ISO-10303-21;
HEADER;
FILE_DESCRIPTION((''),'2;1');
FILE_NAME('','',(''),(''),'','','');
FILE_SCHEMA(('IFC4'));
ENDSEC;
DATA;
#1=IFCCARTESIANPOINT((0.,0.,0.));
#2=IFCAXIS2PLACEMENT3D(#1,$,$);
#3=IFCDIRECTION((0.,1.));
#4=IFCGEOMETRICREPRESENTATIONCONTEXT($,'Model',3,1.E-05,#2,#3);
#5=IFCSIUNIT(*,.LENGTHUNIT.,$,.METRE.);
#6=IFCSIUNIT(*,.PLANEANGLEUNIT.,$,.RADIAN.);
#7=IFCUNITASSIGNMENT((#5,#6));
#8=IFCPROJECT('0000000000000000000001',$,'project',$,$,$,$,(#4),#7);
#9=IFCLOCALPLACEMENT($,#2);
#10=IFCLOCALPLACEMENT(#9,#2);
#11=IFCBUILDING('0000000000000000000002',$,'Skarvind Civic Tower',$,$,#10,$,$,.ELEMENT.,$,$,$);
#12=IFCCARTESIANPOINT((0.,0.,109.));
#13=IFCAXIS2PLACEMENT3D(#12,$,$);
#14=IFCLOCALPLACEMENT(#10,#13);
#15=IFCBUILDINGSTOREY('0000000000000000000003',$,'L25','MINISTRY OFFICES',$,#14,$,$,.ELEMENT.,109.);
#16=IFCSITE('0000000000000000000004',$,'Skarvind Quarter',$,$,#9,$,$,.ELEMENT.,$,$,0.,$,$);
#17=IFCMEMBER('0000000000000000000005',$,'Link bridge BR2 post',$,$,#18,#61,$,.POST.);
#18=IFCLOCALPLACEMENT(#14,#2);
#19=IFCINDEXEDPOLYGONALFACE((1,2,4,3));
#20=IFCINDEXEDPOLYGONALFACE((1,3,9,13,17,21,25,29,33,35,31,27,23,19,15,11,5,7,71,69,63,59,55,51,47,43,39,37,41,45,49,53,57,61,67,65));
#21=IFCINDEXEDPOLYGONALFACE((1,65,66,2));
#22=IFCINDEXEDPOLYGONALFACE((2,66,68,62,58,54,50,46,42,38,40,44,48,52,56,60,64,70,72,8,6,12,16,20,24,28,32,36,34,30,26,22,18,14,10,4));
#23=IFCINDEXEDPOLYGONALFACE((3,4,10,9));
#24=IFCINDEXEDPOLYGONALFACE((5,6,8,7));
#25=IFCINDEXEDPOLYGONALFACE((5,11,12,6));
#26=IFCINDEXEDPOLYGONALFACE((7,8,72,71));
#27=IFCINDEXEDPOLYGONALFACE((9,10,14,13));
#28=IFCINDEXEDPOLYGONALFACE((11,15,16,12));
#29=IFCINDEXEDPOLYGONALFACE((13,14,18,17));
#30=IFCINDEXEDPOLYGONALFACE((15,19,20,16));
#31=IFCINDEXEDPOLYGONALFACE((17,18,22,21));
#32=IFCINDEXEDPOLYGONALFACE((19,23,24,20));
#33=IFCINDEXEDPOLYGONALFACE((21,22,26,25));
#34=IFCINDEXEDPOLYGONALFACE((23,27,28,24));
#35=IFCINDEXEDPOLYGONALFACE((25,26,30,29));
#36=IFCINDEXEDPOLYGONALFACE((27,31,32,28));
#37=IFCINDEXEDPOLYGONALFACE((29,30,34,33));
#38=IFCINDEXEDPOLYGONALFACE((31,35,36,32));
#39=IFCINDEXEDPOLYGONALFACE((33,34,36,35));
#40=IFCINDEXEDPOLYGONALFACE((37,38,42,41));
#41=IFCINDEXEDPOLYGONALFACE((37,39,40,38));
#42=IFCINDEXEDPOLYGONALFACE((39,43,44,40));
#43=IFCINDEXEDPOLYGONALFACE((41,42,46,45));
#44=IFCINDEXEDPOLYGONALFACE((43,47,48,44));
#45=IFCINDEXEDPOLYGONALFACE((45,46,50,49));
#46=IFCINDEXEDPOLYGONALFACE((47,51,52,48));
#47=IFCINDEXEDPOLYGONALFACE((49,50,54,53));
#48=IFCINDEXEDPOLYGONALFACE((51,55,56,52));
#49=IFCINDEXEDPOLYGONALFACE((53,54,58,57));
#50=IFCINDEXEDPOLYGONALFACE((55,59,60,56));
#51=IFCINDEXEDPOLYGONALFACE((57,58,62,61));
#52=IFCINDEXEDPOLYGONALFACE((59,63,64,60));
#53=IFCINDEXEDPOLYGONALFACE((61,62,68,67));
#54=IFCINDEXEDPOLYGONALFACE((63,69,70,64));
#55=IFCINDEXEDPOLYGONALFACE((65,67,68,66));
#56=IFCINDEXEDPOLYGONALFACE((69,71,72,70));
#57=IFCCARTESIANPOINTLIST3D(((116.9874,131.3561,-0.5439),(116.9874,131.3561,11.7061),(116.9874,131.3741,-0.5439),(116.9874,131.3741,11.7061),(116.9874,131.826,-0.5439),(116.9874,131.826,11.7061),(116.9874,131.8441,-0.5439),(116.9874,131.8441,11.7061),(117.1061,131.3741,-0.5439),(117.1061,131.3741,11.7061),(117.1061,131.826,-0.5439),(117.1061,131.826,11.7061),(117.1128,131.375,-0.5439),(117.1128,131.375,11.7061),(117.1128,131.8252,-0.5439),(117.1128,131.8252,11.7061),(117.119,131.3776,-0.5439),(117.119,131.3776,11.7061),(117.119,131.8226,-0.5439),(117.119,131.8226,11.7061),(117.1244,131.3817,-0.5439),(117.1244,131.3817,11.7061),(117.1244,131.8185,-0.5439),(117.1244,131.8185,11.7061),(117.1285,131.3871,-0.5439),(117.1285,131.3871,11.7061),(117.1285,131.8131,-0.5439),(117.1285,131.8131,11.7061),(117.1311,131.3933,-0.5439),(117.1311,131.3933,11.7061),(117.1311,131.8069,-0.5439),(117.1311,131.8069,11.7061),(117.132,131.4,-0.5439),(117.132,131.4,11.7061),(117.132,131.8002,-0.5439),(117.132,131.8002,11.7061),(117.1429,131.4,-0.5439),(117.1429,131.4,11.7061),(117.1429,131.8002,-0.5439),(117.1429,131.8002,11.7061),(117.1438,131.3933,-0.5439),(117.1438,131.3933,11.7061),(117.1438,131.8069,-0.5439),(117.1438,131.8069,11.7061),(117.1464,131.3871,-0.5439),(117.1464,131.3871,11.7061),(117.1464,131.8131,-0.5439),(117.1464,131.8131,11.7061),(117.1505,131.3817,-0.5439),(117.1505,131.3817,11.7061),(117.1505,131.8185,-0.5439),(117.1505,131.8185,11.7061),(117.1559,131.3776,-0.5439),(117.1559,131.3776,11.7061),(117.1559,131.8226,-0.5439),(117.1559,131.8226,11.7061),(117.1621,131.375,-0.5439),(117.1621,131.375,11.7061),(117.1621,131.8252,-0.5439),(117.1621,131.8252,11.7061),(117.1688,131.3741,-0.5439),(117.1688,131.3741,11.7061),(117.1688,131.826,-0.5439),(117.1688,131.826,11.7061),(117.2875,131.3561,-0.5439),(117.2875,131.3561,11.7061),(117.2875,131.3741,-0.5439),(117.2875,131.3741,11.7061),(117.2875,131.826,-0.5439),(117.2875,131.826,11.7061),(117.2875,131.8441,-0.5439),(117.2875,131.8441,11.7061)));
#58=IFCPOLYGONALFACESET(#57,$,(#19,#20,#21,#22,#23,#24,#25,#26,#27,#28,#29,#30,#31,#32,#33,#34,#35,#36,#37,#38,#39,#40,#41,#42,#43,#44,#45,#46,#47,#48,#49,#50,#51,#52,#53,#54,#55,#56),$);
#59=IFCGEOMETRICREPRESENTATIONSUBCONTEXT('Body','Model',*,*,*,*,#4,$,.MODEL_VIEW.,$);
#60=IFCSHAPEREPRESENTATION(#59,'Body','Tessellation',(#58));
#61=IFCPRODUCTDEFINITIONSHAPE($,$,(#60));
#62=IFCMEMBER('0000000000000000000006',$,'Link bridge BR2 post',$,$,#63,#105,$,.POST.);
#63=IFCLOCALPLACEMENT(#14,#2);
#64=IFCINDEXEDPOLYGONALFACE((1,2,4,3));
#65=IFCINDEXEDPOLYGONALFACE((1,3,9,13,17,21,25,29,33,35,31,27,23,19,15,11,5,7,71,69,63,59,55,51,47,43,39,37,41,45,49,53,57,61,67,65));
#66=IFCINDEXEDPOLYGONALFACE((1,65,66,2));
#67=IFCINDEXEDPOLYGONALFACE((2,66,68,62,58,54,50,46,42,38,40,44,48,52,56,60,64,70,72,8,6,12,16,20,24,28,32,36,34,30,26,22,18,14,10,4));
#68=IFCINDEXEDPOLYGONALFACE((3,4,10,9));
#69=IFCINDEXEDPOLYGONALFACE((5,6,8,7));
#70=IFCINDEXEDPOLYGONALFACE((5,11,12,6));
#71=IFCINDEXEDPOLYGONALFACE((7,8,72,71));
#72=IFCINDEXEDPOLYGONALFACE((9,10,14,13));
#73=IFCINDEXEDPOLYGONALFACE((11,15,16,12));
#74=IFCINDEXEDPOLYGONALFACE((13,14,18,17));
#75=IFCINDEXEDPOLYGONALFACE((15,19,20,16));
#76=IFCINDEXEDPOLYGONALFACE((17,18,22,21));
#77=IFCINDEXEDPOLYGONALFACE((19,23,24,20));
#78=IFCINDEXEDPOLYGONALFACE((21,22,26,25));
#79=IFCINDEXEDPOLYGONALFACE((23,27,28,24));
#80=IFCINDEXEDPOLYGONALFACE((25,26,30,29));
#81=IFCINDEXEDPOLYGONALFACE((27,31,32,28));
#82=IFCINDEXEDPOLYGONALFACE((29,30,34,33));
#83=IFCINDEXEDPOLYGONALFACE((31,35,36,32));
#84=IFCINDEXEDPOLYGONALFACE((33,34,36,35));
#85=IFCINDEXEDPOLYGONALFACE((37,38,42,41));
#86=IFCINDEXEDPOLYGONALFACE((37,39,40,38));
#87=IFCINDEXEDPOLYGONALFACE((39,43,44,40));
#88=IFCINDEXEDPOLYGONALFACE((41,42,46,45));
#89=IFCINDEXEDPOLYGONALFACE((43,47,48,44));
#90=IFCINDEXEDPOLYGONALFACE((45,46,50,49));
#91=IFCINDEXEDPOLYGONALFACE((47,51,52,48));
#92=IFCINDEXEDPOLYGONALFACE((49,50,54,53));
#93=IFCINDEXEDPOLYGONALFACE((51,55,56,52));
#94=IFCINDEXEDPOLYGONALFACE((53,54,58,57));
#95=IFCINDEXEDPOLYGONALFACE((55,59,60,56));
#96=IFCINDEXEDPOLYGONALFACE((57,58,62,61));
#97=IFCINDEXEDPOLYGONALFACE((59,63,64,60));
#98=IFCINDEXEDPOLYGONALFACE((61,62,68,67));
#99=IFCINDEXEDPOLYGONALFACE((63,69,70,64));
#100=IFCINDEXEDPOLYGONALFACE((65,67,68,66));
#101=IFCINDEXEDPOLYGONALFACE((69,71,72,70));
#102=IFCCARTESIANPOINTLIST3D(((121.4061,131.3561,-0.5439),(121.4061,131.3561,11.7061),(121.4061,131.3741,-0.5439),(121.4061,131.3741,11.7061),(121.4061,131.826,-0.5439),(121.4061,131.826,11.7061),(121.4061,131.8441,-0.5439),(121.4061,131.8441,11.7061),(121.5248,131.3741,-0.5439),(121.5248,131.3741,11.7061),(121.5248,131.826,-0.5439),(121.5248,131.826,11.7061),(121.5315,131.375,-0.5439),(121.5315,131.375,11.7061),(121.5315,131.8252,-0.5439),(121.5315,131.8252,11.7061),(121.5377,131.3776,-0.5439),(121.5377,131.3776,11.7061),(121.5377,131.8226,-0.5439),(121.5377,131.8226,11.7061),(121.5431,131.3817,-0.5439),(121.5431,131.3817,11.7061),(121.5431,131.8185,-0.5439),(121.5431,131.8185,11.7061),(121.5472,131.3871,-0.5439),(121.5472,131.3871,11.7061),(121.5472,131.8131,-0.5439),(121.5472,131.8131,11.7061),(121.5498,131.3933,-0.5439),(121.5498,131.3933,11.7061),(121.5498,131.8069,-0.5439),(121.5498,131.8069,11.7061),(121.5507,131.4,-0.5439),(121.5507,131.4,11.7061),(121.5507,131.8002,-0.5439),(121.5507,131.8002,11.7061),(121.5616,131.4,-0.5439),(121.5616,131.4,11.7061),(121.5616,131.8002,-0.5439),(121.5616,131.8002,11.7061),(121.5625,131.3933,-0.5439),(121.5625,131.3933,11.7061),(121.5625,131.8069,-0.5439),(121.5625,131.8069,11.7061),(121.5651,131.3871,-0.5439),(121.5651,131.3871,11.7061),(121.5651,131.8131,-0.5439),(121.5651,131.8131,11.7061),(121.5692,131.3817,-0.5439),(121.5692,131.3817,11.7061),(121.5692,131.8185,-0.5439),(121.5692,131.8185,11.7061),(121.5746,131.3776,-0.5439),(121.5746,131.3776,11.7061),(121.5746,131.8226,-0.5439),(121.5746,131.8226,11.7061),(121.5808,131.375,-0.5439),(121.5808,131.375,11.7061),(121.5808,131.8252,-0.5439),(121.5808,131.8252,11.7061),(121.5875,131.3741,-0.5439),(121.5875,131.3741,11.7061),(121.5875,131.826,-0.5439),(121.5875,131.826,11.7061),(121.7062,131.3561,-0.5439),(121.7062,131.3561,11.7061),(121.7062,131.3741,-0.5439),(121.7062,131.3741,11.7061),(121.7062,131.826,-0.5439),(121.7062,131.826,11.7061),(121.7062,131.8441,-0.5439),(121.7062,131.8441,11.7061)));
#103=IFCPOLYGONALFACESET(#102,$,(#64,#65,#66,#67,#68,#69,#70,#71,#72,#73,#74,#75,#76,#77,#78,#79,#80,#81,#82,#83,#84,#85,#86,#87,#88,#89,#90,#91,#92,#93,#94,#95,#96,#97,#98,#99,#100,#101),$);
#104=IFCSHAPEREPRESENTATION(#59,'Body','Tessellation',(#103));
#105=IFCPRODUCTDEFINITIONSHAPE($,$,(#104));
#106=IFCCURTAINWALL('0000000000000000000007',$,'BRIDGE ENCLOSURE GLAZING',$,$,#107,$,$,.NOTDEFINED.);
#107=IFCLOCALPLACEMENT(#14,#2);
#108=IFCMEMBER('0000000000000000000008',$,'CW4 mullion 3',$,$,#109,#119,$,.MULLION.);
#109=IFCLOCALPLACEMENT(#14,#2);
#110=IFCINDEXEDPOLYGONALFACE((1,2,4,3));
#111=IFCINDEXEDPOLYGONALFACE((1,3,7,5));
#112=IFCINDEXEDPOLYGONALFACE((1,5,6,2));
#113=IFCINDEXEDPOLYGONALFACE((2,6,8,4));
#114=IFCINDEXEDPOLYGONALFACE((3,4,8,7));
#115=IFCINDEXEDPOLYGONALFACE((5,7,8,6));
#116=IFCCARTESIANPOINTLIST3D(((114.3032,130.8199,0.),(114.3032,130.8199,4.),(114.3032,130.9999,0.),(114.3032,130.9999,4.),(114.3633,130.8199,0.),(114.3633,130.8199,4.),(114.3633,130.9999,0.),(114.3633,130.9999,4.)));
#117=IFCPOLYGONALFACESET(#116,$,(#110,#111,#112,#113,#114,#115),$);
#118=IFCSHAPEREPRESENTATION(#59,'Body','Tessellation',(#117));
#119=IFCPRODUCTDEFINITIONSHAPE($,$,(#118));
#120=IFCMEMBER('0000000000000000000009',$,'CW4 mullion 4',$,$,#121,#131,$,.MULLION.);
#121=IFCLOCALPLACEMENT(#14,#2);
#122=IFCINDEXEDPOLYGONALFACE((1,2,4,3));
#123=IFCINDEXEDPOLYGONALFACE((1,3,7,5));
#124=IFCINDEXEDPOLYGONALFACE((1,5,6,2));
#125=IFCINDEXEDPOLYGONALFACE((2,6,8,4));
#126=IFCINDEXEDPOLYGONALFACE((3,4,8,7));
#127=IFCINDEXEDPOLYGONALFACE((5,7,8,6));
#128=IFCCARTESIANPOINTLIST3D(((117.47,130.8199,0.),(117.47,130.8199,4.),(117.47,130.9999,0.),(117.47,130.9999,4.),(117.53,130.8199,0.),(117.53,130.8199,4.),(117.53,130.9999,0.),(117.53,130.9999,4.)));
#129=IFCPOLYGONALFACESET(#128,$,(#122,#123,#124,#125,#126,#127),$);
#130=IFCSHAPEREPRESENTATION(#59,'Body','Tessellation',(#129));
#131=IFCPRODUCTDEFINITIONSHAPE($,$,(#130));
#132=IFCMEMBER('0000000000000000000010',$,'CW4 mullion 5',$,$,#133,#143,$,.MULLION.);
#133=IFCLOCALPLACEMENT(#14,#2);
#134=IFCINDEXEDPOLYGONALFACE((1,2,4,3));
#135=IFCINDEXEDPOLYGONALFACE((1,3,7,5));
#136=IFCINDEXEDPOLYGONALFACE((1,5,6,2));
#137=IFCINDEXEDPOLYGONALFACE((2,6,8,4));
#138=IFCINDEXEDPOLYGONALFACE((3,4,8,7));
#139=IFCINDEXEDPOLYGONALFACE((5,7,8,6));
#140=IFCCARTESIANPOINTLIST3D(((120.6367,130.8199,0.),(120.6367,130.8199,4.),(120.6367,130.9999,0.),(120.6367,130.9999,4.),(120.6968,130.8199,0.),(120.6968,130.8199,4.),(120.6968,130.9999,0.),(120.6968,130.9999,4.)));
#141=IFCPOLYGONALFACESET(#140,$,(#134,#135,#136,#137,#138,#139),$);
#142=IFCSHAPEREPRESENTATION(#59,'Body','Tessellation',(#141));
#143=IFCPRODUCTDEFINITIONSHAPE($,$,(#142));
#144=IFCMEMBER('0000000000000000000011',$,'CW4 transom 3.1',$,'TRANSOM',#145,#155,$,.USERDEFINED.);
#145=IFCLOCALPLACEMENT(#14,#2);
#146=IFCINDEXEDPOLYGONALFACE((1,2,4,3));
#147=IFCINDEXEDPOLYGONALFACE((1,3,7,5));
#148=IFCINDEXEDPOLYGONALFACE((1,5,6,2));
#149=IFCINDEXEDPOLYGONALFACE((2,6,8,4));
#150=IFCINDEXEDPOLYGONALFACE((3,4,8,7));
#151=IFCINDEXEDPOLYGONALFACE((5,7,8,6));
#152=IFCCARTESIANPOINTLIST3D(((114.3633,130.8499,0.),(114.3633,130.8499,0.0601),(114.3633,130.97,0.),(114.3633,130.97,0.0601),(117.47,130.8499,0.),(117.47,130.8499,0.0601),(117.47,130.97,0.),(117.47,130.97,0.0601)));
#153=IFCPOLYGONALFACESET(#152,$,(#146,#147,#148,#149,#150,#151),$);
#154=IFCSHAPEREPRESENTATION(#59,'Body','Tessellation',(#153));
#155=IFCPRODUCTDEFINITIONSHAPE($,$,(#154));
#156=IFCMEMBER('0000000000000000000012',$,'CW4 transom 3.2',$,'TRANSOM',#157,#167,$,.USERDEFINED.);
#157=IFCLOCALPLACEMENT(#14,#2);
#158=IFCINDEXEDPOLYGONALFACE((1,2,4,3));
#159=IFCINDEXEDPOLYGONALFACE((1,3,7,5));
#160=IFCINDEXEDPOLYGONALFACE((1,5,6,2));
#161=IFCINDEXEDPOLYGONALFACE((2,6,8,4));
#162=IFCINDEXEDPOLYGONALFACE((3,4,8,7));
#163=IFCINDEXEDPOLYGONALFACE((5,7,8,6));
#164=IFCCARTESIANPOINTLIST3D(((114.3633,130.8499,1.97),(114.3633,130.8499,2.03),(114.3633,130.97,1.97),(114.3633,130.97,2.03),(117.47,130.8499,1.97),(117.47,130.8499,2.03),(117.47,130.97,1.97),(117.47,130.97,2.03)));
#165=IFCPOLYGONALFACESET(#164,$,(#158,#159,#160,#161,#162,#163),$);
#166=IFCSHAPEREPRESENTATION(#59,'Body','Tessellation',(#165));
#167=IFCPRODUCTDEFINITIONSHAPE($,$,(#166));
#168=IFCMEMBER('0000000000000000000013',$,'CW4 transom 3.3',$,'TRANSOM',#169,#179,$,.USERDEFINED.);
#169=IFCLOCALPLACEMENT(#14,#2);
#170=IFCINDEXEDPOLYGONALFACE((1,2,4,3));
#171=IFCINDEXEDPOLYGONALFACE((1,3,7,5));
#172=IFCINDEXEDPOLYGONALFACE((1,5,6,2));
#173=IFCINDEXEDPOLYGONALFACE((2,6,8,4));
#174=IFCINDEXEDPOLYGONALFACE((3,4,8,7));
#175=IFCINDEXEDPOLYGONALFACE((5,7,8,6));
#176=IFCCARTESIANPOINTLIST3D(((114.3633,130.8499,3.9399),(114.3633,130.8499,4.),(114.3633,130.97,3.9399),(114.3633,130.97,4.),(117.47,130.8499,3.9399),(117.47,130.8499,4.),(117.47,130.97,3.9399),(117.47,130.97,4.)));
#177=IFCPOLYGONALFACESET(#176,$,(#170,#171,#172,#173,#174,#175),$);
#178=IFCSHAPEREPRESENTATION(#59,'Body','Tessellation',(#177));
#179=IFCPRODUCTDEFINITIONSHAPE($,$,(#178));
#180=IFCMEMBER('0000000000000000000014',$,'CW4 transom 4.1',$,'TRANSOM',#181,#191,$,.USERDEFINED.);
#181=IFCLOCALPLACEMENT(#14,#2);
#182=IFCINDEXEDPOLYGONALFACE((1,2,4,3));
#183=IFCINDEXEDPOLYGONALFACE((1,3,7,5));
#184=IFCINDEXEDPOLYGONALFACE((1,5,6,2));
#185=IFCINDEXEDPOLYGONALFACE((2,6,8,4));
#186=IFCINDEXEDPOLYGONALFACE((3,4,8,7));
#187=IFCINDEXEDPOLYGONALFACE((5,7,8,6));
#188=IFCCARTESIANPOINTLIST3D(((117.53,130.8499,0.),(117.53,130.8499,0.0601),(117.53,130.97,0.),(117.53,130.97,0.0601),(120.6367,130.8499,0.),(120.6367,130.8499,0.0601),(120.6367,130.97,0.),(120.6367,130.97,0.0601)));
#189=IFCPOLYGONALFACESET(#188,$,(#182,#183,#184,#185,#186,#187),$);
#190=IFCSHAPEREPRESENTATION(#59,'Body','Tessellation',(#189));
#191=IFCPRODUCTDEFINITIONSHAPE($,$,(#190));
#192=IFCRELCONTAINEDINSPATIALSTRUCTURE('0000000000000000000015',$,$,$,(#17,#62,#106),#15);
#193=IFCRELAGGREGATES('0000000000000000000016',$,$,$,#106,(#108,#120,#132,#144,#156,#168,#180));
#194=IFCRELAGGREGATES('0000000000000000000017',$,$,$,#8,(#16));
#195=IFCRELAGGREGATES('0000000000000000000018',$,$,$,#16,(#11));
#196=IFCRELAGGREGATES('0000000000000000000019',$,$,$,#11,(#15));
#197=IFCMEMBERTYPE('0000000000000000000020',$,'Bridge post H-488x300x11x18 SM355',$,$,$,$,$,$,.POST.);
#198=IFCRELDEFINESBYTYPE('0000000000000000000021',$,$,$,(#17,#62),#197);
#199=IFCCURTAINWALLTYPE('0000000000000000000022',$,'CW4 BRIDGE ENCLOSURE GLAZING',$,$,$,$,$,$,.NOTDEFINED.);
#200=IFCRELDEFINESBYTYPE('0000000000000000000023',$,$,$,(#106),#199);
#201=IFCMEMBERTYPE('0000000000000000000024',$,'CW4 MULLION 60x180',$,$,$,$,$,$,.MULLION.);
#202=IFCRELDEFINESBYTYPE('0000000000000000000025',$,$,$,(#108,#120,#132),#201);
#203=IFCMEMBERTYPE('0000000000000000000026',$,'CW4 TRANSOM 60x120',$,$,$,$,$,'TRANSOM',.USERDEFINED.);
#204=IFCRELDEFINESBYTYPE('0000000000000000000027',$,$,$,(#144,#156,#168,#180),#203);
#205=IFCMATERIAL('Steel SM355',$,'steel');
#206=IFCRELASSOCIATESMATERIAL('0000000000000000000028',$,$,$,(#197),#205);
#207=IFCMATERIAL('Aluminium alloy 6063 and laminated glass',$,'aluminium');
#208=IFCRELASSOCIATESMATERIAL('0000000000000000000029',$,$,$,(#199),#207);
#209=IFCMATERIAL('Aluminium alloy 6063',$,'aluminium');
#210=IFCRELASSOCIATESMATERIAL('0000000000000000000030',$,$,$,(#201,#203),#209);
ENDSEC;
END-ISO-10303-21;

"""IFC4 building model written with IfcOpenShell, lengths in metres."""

from ifc_helpers import new_model, si_unit, direction, frame, origin, origin_2d, place, context, subcontext, project, spatial, rectangle, i_section, extrude, material, material_profile, profile_set, type_object, element, aggregate, save


model = new_model("IFC4")

# Units and contexts
model_context = context("Model", 3, precision=1e-05, world=origin(), true_north=direction((0.0, 1.0)))
body_context = subcontext(model_context, "Body", "Model", "MODEL_VIEW")
ifc_project = project(units=[si_unit("LENGTHUNIT", "METRE"), si_unit("PLANEANGLEUNIT", "RADIAN")], contexts=[model_context])

# Site, building, storey
site_placement = place(None, origin())
site = spatial("IfcSite", under=ifc_project, at=site_placement, Name="Skarvind Quarter", CompositionType="ELEMENT", RefElevation=0.0)
building_placement = place(site_placement, origin())
building = spatial("IfcBuilding", under=site, at=building_placement, Name="Skarvind Civic Tower", CompositionType="ELEMENT")
storey_placement = place(building_placement, frame((0.0, 0.0, 109.0)))
storey = spatial("IfcBuildingStorey", under=building, at=storey_placement, Name="L25", Description="MINISTRY OFFICES", CompositionType="ELEMENT", Elevation=109.0)

# Members
ifc_material_1 = material(Name="Steel SM355", Category="steel")
ifc_material_profile_1 = material_profile(ifc_material_1, i_section(OverallWidth=0.3, OverallDepth=0.488, WebThickness=0.011, FlangeThickness=0.0181, FilletRadius=0.0259, at=origin_2d()), Name="H-488x300x11x18")
ifc_profile_set_1 = profile_set([ifc_material_profile_1], Name="Steel SM355")
member_type_1 = type_object("IfcMemberType", Name="Bridge post H-488x300x11x18 SM355", PredefinedType="POST", material=ifc_profile_set_1)
for number, where, z_axis, x_axis, name in (
    (1, (117.1375, 131.6001, -0.5439), (0.0, 0.0, 1.0), (1.0, 0.0, 0.0), "Link bridge BR2 post"),
    (2, (121.5562, 131.6001, -0.5439), (0.0, 0.0, 1.0), (1.0, 0.0, 0.0), "Link bridge BR2 post"),
):
    element("IfcMember", number, at=place(storey_placement, frame(where, z_axis=z_axis, x_axis=x_axis)), inside=storey, type_object=member_type_1, Name=name, PredefinedType="POST", context=body_context, shape_type="SweptSolid", body=[
        extrude(i_section(OverallWidth=0.3, OverallDepth=0.488, WebThickness=0.011, FlangeThickness=0.0181, FilletRadius=0.0259, at=origin_2d()), origin(), (0.0, 0.0, 1.0), 12.25),
    ])

# Curtain wall, members
ifc_material_2 = material(Name="Aluminium alloy 6063 and laminated glass", Category="aluminium")
curtain_wall_type = type_object("IfcCurtainWallType", Name="CW4 BRIDGE ENCLOSURE GLAZING", PredefinedType="NOTDEFINED", material=ifc_material_2)
curtain_wall_placement = place(storey_placement, origin())
curtain_wall = element("IfcCurtainWall", 3, at=curtain_wall_placement, inside=storey, type_object=curtain_wall_type, Name="BRIDGE ENCLOSURE GLAZING", PredefinedType="NOTDEFINED")
ifc_material_3 = material(Name="Aluminium alloy 6063", Category="aluminium")
ifc_material_profile_2 = material_profile(ifc_material_3, rectangle(XDim=0.1799, YDim=0.0601, at=origin_2d()), Name="AL 60x180")
ifc_profile_set_2 = profile_set([ifc_material_profile_2], Name="Aluminium alloy 6063")
member_type_2 = type_object("IfcMemberType", Name="CW4 MULLION 60x180", PredefinedType="MULLION", material=ifc_profile_set_2)
member_1_placement = place(storey_placement, frame((114.3333, 130.9099, 0.0), z_axis=(0.0, 0.0, 1.0), x_axis=(0.0, 1.0, 0.0)))
member_1 = element("IfcMember", 4, at=member_1_placement, type_object=member_type_2, Name="CW4 mullion 3", PredefinedType="MULLION", context=body_context, shape_type="SweptSolid", body=[
    extrude(rectangle(XDim=0.1799, YDim=0.0601, at=origin_2d()), origin(), (0.0, 0.0, 1.0), 4.0),
])
member_2_placement = place(storey_placement, frame((117.5, 130.9099, 0.0), z_axis=(0.0, 0.0, 1.0), x_axis=(0.0, 1.0, 0.0)))
member_2 = element("IfcMember", 5, at=member_2_placement, type_object=member_type_2, Name="CW4 mullion 4", PredefinedType="MULLION", context=body_context, shape_type="SweptSolid", body=[
    extrude(rectangle(XDim=0.1799, YDim=0.0601, at=origin_2d()), origin(), (0.0, 0.0, 1.0), 4.0),
])
member_3_placement = place(storey_placement, frame((120.6667, 130.9099, 0.0), z_axis=(0.0, 0.0, 1.0), x_axis=(0.0, 1.0, 0.0)))
member_3 = element("IfcMember", 6, at=member_3_placement, type_object=member_type_2, Name="CW4 mullion 5", PredefinedType="MULLION", context=body_context, shape_type="SweptSolid", body=[
    extrude(rectangle(XDim=0.1799, YDim=0.0601, at=origin_2d()), origin(), (0.0, 0.0, 1.0), 4.0),
])
ifc_material_profile_3 = material_profile(ifc_material_3, rectangle(XDim=0.1201, YDim=0.0601, at=origin_2d()), Name="AL 60x120")
ifc_profile_set_3 = profile_set([ifc_material_profile_3], Name="Aluminium alloy 6063")
member_type_3 = type_object("IfcMemberType", Name="CW4 TRANSOM 60x120", ElementType="TRANSOM", PredefinedType="USERDEFINED", material=ifc_profile_set_3)
member_4_placement = place(storey_placement, frame((114.3633, 130.9099, 0.03), z_axis=(1.0, 0.0, 0.0), x_axis=(0.0, 1.0, 0.0)))
member_4 = element("IfcMember", 7, at=member_4_placement, type_object=member_type_3, Name="CW4 transom 3.1", ObjectType="TRANSOM", PredefinedType="USERDEFINED", context=body_context, shape_type="SweptSolid", body=[
    extrude(rectangle(XDim=0.1201, YDim=0.0601, at=origin_2d()), origin(), (0.0, 0.0, 1.0), 3.1067),
])
member_5_placement = place(storey_placement, frame((114.3633, 130.9099, 2.0), z_axis=(1.0, 0.0, 0.0), x_axis=(0.0, 1.0, 0.0)))
member_5 = element("IfcMember", 8, at=member_5_placement, type_object=member_type_3, Name="CW4 transom 3.2", ObjectType="TRANSOM", PredefinedType="USERDEFINED", context=body_context, shape_type="SweptSolid", body=[
    extrude(rectangle(XDim=0.1201, YDim=0.0601, at=origin_2d()), origin(), (0.0, 0.0, 1.0), 3.1067),
])
member_6_placement = place(storey_placement, frame((114.3633, 130.9099, 3.97), z_axis=(1.0, 0.0, 0.0), x_axis=(0.0, 1.0, 0.0)))
member_6 = element("IfcMember", 9, at=member_6_placement, type_object=member_type_3, Name="CW4 transom 3.3", ObjectType="TRANSOM", PredefinedType="USERDEFINED", context=body_context, shape_type="SweptSolid", body=[
    extrude(rectangle(XDim=0.1201, YDim=0.0601, at=origin_2d()), origin(), (0.0, 0.0, 1.0), 3.1067),
])
member_7_placement = place(storey_placement, frame((117.53, 130.9099, 0.03), z_axis=(1.0, 0.0, 0.0), x_axis=(0.0, 1.0, 0.0)))
member_7 = element("IfcMember", 10, at=member_7_placement, type_object=member_type_3, Name="CW4 transom 4.1", ObjectType="TRANSOM", PredefinedType="USERDEFINED", context=body_context, shape_type="SweptSolid", body=[
    extrude(rectangle(XDim=0.1201, YDim=0.0601, at=origin_2d()), origin(), (0.0, 0.0, 1.0), 3.1067),
])
aggregate(curtain_wall, [member_1, member_2, member_3, member_4, member_5, member_6, member_7])

save(model, "model.ifc")
